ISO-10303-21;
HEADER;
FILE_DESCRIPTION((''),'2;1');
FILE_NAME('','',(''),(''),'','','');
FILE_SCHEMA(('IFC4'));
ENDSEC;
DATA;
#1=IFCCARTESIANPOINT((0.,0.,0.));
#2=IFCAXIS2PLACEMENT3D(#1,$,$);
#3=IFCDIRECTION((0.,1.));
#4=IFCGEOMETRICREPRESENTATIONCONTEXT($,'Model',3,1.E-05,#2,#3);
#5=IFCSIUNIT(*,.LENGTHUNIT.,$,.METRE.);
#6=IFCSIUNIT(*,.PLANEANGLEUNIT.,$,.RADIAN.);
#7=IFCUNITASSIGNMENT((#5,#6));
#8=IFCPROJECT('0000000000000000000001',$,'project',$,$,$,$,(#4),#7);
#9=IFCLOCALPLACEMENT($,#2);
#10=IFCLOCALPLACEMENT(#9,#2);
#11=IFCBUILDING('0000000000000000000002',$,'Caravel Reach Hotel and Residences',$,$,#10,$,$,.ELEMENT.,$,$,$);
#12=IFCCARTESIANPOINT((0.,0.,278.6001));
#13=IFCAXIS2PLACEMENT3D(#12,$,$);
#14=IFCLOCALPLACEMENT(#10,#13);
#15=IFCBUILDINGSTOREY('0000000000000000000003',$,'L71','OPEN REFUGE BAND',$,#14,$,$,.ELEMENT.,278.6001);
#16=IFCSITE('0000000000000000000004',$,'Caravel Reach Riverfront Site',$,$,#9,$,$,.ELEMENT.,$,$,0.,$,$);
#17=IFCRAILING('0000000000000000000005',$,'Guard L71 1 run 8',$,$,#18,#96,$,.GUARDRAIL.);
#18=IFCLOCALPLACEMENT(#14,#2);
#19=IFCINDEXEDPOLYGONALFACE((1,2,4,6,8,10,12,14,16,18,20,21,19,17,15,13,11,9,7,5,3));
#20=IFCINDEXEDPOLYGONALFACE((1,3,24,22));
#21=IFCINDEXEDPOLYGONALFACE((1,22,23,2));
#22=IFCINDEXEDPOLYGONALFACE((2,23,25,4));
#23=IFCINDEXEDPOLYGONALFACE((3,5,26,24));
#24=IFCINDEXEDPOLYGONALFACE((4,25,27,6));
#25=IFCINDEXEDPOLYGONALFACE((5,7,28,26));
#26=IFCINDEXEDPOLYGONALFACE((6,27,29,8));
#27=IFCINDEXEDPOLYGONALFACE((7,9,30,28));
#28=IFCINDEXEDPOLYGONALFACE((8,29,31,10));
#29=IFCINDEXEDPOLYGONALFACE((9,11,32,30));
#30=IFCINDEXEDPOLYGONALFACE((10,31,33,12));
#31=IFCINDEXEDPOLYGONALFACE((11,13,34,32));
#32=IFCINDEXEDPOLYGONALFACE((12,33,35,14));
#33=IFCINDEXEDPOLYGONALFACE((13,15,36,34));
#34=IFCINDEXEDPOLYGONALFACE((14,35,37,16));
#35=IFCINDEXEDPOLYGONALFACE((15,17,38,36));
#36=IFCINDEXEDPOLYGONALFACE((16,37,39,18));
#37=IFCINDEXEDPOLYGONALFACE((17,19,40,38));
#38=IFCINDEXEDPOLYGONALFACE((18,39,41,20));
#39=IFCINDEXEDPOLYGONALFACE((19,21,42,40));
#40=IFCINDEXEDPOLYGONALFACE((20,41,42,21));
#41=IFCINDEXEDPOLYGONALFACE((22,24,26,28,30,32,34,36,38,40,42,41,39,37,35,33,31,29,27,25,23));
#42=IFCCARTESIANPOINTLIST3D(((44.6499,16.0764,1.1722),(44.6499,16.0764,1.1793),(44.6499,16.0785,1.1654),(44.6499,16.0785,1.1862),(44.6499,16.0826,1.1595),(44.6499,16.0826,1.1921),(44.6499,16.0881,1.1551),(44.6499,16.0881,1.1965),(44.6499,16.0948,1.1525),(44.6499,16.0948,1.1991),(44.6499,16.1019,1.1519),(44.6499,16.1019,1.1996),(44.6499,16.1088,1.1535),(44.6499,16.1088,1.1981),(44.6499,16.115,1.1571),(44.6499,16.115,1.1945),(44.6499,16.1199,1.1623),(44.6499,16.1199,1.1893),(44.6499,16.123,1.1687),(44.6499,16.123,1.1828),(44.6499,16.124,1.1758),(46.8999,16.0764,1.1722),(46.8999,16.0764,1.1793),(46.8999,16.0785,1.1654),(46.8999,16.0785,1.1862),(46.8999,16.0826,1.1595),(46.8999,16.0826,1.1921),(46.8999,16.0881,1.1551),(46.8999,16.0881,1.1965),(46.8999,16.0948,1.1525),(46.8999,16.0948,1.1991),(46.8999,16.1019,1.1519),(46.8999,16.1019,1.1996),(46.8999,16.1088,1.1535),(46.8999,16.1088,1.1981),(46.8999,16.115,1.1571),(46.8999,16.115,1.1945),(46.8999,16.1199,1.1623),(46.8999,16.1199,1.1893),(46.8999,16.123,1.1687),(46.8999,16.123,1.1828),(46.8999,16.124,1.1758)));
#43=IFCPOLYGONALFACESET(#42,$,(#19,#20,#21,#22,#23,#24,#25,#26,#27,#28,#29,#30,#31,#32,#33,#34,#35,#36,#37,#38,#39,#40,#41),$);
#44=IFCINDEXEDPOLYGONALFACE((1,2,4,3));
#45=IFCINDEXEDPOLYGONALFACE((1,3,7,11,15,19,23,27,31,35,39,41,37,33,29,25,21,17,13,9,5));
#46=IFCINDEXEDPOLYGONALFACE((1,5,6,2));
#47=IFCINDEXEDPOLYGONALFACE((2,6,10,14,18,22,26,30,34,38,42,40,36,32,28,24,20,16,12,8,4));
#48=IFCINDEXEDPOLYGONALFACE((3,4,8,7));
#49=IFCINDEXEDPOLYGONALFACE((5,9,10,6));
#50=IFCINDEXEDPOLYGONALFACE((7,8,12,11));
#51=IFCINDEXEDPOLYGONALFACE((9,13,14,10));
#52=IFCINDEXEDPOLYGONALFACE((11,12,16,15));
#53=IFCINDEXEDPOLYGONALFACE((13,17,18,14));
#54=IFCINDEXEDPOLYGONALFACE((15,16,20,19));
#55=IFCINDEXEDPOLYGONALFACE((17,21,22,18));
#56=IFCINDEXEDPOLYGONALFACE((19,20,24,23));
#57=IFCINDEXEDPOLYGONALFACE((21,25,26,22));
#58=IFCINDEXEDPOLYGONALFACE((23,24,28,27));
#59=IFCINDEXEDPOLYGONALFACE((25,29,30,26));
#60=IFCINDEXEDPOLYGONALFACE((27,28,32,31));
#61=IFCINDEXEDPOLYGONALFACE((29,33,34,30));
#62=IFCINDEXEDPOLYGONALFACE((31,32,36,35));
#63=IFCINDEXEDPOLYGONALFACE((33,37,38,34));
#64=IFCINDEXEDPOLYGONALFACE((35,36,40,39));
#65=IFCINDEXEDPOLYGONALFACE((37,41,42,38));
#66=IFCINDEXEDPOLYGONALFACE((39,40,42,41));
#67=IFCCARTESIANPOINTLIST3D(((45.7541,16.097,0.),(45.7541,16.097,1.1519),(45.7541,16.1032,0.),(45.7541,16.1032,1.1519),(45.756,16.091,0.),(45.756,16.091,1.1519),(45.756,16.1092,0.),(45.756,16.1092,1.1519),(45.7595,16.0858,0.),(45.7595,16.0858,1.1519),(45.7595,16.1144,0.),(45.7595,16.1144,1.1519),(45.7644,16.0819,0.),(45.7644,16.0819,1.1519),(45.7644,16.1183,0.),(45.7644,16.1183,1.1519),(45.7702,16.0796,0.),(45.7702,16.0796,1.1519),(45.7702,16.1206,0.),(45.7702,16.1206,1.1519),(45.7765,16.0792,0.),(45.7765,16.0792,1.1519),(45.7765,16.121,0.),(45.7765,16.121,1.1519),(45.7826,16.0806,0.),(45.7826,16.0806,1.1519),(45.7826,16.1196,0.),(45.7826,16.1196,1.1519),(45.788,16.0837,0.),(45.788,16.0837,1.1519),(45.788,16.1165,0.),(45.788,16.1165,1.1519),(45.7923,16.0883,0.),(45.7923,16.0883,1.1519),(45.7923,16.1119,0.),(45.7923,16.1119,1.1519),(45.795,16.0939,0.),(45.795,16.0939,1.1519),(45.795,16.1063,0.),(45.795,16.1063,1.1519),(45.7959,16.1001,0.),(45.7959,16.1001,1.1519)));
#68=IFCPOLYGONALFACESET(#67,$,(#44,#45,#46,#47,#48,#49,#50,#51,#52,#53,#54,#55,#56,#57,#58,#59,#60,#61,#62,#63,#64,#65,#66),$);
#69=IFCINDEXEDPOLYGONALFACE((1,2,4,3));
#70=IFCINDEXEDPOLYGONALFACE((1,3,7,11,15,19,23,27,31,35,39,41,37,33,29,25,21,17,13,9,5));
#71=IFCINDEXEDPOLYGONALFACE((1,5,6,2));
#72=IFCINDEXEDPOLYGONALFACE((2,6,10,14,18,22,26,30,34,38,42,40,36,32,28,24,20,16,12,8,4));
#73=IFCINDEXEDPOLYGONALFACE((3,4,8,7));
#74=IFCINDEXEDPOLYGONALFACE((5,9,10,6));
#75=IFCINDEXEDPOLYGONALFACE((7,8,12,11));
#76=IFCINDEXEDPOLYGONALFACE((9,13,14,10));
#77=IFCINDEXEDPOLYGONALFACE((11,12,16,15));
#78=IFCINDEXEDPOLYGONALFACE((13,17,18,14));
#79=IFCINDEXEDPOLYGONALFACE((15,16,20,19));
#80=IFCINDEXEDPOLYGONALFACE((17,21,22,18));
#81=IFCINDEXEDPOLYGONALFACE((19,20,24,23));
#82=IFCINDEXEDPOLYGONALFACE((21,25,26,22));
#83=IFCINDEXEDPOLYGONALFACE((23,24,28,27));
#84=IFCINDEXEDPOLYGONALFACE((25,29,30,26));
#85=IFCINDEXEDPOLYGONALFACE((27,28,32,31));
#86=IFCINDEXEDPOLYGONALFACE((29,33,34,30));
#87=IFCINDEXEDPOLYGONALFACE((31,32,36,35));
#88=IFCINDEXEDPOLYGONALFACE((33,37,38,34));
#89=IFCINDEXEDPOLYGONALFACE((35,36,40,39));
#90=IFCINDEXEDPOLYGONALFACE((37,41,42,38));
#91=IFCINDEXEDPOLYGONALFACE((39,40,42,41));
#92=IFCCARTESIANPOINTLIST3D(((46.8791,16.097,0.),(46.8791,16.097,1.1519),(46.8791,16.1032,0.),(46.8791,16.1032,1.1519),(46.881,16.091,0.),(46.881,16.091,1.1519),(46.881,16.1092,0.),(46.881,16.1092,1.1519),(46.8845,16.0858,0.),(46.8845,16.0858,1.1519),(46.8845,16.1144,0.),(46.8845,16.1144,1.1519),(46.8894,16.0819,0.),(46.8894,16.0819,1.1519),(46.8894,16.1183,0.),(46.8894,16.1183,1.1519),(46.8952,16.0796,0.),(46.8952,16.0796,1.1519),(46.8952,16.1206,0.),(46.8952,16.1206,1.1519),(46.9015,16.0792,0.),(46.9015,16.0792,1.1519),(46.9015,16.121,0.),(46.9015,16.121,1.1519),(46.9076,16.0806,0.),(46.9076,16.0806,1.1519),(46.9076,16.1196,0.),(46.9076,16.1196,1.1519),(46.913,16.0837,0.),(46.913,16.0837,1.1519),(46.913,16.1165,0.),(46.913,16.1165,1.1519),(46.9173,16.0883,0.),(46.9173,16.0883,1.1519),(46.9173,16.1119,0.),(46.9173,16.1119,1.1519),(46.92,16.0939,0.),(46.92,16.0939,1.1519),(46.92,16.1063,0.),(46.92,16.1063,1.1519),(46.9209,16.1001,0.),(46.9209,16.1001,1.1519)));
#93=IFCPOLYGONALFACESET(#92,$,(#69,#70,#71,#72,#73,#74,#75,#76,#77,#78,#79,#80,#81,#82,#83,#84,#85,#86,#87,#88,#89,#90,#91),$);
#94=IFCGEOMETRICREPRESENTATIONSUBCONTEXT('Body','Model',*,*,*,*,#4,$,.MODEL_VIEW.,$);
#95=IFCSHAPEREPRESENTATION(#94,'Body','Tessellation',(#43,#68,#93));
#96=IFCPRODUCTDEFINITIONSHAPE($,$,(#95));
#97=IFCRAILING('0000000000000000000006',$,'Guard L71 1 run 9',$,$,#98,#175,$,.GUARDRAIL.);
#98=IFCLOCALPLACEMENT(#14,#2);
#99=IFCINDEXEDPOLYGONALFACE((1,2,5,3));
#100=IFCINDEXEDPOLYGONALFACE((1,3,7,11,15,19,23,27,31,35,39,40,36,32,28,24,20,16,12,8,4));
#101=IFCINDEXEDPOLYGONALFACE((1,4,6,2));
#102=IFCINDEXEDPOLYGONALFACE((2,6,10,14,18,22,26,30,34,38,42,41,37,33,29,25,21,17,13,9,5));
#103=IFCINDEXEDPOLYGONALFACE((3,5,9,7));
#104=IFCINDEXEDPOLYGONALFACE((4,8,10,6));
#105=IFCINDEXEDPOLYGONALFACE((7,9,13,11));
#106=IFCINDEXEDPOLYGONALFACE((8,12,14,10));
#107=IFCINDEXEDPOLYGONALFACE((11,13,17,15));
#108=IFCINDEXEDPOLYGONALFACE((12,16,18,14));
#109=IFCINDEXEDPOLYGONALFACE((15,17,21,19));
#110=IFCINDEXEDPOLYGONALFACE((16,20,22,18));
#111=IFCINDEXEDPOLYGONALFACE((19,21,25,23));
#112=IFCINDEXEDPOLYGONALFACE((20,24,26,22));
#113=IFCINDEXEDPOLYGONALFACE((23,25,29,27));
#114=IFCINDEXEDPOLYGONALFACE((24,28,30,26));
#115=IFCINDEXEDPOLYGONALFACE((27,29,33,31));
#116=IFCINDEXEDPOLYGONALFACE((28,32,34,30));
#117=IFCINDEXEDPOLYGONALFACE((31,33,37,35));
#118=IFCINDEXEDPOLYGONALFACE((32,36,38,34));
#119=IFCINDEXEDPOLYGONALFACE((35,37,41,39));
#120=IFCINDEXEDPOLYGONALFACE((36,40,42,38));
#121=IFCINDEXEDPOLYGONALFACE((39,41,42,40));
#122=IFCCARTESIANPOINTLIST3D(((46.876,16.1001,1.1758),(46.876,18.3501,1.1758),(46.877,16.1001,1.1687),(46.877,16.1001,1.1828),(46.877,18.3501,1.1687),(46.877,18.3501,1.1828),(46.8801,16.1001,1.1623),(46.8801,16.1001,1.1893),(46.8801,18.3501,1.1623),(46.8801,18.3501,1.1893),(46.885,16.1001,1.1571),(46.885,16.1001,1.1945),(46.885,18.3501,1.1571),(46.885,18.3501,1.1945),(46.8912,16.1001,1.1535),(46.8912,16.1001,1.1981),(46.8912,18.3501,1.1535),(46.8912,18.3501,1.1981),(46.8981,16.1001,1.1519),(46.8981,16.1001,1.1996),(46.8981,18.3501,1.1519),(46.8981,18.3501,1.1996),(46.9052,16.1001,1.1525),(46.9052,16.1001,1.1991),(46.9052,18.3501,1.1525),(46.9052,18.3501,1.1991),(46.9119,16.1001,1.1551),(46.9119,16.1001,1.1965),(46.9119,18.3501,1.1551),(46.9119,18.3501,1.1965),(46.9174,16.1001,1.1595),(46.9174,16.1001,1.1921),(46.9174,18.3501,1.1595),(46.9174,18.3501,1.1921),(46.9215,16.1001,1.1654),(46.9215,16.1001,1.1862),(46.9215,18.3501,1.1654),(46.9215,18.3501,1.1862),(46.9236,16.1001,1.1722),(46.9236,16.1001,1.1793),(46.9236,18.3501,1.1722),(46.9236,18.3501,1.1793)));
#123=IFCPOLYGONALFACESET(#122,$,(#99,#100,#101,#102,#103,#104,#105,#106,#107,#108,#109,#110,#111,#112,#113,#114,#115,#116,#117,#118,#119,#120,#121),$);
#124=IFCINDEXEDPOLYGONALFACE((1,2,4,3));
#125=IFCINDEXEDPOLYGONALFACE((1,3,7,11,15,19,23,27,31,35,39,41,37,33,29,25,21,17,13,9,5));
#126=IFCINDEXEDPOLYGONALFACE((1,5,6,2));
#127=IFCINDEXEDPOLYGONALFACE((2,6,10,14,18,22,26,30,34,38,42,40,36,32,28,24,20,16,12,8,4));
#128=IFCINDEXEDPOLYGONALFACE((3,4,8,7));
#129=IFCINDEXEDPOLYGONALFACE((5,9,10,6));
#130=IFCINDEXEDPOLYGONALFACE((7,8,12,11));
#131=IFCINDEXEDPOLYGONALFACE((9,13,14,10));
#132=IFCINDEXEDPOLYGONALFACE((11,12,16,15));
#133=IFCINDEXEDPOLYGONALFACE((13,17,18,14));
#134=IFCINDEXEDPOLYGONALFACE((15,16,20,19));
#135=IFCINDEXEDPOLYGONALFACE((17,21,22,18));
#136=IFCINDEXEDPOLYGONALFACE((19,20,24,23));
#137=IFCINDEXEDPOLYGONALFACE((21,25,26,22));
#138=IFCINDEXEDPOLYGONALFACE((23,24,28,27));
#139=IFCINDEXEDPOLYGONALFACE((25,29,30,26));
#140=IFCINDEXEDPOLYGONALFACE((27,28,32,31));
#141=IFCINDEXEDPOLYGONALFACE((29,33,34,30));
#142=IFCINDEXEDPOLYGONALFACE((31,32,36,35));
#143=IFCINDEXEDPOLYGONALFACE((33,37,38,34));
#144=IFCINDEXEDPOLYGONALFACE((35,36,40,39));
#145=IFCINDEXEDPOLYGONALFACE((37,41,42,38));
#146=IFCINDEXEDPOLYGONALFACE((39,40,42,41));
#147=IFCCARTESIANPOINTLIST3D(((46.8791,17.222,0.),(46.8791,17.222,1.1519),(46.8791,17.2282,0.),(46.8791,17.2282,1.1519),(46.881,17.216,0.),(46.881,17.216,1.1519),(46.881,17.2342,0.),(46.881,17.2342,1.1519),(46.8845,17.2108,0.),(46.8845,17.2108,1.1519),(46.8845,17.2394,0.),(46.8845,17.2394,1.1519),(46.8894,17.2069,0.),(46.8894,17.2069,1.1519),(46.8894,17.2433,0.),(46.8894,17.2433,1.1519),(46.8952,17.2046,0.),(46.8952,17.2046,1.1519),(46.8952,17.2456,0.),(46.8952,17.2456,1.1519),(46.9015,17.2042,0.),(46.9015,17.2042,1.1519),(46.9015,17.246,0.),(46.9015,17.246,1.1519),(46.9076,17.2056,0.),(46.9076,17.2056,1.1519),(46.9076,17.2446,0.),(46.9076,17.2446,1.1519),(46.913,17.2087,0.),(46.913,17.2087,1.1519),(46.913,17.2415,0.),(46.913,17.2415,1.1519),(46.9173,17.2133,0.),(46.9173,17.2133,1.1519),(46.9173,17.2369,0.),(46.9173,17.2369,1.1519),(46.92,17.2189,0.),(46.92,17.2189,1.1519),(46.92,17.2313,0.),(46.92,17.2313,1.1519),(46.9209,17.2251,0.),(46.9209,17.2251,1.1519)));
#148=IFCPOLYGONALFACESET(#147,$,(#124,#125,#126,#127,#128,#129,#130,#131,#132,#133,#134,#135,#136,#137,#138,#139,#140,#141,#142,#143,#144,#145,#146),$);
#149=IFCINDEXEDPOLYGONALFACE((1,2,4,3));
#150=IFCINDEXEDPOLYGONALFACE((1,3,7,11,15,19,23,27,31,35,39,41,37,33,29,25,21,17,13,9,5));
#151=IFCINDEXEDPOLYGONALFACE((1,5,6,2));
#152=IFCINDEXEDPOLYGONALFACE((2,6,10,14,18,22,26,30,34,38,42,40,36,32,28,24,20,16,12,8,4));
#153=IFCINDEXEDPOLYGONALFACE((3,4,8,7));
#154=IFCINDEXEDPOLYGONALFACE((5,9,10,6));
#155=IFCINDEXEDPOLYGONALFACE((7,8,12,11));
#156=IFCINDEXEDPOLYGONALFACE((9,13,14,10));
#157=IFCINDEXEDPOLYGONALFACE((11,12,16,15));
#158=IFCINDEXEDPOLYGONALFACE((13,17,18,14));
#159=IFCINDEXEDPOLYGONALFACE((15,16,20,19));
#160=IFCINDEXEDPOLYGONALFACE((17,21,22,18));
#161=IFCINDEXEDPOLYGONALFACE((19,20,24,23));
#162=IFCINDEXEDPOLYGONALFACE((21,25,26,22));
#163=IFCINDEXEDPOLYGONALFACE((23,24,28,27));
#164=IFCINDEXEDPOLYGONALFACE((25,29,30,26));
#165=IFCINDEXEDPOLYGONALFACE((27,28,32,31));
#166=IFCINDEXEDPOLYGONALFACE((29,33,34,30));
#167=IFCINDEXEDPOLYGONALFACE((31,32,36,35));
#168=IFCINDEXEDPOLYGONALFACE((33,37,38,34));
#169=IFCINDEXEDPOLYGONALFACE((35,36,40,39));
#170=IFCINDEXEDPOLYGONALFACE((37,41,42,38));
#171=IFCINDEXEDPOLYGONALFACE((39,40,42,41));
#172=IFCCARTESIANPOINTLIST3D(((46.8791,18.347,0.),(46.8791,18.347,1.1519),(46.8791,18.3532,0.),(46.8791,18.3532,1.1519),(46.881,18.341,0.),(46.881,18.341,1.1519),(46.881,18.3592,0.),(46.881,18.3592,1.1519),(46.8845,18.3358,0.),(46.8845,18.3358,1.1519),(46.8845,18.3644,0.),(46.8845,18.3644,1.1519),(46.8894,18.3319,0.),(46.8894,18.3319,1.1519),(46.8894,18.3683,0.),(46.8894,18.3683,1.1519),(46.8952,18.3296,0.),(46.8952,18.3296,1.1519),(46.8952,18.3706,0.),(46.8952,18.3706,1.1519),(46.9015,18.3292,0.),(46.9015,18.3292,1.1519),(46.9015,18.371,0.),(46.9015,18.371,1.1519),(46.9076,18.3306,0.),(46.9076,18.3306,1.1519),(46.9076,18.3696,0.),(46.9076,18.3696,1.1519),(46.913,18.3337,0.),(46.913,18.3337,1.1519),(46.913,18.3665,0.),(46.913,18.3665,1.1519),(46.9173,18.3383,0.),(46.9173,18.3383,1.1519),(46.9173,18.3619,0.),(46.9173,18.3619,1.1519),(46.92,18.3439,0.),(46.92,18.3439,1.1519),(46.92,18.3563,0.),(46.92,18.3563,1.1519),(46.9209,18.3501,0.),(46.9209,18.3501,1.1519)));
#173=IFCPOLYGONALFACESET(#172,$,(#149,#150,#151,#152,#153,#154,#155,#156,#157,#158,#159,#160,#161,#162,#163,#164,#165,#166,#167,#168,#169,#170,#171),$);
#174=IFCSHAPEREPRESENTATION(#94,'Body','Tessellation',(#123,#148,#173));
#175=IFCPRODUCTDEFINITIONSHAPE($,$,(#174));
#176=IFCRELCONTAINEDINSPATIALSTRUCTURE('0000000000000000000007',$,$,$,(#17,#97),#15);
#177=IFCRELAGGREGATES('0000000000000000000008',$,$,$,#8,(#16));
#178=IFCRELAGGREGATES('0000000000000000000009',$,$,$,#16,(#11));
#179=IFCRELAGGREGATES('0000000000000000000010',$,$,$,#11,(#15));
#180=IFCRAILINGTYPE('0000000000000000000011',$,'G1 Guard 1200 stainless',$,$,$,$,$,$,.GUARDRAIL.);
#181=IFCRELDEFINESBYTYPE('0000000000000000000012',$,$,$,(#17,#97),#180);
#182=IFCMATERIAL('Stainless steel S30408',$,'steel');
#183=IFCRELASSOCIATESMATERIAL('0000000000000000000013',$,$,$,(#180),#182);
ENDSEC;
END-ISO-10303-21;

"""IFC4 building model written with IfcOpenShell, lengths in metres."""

from ifc_helpers import new_model, si_unit, direction, frame, origin, origin_2d, place, context, subcontext, project, spatial, circle, extrude, material, type_object, element, save


model = new_model("IFC4")

# Units and contexts
model_context = context("Model", 3, precision=1e-05, world=origin(), true_north=direction((0.0, 1.0)))
body_context = subcontext(model_context, "Body", "Model", "MODEL_VIEW")
ifc_project = project(units=[si_unit("LENGTHUNIT", "METRE"), si_unit("PLANEANGLEUNIT", "RADIAN")], contexts=[model_context])

# Site, building, storey
site_placement = place(None, origin())
site = spatial("IfcSite", under=ifc_project, at=site_placement, Name="Caravel Reach Riverfront Site", CompositionType="ELEMENT", RefElevation=0.0)
building_placement = place(site_placement, origin())
building = spatial("IfcBuilding", under=site, at=building_placement, Name="Caravel Reach Hotel and Residences", CompositionType="ELEMENT")
storey_placement = place(building_placement, frame((0.0, 0.0, 278.6001)))
storey = spatial("IfcBuildingStorey", under=building, at=storey_placement, Name="L71", Description="OPEN REFUGE BAND", CompositionType="ELEMENT", Elevation=278.6001)

# Railings
ifc_material_1 = material(Name="Stainless steel S30408", Category="steel")
railing_type_1 = type_object("IfcRailingType", Name="G1 Guard 1200 stainless", PredefinedType="GUARDRAIL", material=ifc_material_1)
railing_1_placement = place(storey_placement, frame((44.6499, 16.1001, 0.0)))
element("IfcRailing", 1, at=railing_1_placement, inside=storey, type_object=railing_type_1, Name="Guard L71 1 run 8", PredefinedType="GUARDRAIL", context=body_context, shape_type="SweptSolid", body=[
    extrude(circle(Radius=0.0239, at=origin_2d()), frame((0.0, 0.0, 1.1758), z_axis=(1.0, 0.0, 0.0), x_axis=(0.0, 1.0, 0.0)), (0.0, 0.0, 1.0), 2.25),
    extrude(circle(Radius=0.021, at=origin_2d()), frame((1.125, 0.0, 0.0)), (0.0, 0.0, 1.0), 1.1519),
    extrude(circle(Radius=0.021, at=origin_2d()), frame((2.25, 0.0, 0.0)), (0.0, 0.0, 1.0), 1.1519),
])
railing_2_placement = place(storey_placement, frame((46.8999, 16.1001, 0.0)))
element("IfcRailing", 2, at=railing_2_placement, inside=storey, type_object=railing_type_1, Name="Guard L71 1 run 9", PredefinedType="GUARDRAIL", context=body_context, shape_type="SweptSolid", body=[
    extrude(circle(Radius=0.0239, at=origin_2d()), frame((0.0, 0.0, 1.1758), z_axis=(0.0, 1.0, 0.0), x_axis=(-1.0, 0.0, 0.0)), (0.0, 0.0, 1.0), 2.25),
    extrude(circle(Radius=0.021, at=origin_2d()), frame((0.0, 1.125, 0.0)), (0.0, 0.0, 1.0), 1.1519),
    extrude(circle(Radius=0.021, at=origin_2d()), frame((0.0, 2.25, 0.0)), (0.0, 0.0, 1.0), 1.1519),
])

save(model, "model.ifc")
